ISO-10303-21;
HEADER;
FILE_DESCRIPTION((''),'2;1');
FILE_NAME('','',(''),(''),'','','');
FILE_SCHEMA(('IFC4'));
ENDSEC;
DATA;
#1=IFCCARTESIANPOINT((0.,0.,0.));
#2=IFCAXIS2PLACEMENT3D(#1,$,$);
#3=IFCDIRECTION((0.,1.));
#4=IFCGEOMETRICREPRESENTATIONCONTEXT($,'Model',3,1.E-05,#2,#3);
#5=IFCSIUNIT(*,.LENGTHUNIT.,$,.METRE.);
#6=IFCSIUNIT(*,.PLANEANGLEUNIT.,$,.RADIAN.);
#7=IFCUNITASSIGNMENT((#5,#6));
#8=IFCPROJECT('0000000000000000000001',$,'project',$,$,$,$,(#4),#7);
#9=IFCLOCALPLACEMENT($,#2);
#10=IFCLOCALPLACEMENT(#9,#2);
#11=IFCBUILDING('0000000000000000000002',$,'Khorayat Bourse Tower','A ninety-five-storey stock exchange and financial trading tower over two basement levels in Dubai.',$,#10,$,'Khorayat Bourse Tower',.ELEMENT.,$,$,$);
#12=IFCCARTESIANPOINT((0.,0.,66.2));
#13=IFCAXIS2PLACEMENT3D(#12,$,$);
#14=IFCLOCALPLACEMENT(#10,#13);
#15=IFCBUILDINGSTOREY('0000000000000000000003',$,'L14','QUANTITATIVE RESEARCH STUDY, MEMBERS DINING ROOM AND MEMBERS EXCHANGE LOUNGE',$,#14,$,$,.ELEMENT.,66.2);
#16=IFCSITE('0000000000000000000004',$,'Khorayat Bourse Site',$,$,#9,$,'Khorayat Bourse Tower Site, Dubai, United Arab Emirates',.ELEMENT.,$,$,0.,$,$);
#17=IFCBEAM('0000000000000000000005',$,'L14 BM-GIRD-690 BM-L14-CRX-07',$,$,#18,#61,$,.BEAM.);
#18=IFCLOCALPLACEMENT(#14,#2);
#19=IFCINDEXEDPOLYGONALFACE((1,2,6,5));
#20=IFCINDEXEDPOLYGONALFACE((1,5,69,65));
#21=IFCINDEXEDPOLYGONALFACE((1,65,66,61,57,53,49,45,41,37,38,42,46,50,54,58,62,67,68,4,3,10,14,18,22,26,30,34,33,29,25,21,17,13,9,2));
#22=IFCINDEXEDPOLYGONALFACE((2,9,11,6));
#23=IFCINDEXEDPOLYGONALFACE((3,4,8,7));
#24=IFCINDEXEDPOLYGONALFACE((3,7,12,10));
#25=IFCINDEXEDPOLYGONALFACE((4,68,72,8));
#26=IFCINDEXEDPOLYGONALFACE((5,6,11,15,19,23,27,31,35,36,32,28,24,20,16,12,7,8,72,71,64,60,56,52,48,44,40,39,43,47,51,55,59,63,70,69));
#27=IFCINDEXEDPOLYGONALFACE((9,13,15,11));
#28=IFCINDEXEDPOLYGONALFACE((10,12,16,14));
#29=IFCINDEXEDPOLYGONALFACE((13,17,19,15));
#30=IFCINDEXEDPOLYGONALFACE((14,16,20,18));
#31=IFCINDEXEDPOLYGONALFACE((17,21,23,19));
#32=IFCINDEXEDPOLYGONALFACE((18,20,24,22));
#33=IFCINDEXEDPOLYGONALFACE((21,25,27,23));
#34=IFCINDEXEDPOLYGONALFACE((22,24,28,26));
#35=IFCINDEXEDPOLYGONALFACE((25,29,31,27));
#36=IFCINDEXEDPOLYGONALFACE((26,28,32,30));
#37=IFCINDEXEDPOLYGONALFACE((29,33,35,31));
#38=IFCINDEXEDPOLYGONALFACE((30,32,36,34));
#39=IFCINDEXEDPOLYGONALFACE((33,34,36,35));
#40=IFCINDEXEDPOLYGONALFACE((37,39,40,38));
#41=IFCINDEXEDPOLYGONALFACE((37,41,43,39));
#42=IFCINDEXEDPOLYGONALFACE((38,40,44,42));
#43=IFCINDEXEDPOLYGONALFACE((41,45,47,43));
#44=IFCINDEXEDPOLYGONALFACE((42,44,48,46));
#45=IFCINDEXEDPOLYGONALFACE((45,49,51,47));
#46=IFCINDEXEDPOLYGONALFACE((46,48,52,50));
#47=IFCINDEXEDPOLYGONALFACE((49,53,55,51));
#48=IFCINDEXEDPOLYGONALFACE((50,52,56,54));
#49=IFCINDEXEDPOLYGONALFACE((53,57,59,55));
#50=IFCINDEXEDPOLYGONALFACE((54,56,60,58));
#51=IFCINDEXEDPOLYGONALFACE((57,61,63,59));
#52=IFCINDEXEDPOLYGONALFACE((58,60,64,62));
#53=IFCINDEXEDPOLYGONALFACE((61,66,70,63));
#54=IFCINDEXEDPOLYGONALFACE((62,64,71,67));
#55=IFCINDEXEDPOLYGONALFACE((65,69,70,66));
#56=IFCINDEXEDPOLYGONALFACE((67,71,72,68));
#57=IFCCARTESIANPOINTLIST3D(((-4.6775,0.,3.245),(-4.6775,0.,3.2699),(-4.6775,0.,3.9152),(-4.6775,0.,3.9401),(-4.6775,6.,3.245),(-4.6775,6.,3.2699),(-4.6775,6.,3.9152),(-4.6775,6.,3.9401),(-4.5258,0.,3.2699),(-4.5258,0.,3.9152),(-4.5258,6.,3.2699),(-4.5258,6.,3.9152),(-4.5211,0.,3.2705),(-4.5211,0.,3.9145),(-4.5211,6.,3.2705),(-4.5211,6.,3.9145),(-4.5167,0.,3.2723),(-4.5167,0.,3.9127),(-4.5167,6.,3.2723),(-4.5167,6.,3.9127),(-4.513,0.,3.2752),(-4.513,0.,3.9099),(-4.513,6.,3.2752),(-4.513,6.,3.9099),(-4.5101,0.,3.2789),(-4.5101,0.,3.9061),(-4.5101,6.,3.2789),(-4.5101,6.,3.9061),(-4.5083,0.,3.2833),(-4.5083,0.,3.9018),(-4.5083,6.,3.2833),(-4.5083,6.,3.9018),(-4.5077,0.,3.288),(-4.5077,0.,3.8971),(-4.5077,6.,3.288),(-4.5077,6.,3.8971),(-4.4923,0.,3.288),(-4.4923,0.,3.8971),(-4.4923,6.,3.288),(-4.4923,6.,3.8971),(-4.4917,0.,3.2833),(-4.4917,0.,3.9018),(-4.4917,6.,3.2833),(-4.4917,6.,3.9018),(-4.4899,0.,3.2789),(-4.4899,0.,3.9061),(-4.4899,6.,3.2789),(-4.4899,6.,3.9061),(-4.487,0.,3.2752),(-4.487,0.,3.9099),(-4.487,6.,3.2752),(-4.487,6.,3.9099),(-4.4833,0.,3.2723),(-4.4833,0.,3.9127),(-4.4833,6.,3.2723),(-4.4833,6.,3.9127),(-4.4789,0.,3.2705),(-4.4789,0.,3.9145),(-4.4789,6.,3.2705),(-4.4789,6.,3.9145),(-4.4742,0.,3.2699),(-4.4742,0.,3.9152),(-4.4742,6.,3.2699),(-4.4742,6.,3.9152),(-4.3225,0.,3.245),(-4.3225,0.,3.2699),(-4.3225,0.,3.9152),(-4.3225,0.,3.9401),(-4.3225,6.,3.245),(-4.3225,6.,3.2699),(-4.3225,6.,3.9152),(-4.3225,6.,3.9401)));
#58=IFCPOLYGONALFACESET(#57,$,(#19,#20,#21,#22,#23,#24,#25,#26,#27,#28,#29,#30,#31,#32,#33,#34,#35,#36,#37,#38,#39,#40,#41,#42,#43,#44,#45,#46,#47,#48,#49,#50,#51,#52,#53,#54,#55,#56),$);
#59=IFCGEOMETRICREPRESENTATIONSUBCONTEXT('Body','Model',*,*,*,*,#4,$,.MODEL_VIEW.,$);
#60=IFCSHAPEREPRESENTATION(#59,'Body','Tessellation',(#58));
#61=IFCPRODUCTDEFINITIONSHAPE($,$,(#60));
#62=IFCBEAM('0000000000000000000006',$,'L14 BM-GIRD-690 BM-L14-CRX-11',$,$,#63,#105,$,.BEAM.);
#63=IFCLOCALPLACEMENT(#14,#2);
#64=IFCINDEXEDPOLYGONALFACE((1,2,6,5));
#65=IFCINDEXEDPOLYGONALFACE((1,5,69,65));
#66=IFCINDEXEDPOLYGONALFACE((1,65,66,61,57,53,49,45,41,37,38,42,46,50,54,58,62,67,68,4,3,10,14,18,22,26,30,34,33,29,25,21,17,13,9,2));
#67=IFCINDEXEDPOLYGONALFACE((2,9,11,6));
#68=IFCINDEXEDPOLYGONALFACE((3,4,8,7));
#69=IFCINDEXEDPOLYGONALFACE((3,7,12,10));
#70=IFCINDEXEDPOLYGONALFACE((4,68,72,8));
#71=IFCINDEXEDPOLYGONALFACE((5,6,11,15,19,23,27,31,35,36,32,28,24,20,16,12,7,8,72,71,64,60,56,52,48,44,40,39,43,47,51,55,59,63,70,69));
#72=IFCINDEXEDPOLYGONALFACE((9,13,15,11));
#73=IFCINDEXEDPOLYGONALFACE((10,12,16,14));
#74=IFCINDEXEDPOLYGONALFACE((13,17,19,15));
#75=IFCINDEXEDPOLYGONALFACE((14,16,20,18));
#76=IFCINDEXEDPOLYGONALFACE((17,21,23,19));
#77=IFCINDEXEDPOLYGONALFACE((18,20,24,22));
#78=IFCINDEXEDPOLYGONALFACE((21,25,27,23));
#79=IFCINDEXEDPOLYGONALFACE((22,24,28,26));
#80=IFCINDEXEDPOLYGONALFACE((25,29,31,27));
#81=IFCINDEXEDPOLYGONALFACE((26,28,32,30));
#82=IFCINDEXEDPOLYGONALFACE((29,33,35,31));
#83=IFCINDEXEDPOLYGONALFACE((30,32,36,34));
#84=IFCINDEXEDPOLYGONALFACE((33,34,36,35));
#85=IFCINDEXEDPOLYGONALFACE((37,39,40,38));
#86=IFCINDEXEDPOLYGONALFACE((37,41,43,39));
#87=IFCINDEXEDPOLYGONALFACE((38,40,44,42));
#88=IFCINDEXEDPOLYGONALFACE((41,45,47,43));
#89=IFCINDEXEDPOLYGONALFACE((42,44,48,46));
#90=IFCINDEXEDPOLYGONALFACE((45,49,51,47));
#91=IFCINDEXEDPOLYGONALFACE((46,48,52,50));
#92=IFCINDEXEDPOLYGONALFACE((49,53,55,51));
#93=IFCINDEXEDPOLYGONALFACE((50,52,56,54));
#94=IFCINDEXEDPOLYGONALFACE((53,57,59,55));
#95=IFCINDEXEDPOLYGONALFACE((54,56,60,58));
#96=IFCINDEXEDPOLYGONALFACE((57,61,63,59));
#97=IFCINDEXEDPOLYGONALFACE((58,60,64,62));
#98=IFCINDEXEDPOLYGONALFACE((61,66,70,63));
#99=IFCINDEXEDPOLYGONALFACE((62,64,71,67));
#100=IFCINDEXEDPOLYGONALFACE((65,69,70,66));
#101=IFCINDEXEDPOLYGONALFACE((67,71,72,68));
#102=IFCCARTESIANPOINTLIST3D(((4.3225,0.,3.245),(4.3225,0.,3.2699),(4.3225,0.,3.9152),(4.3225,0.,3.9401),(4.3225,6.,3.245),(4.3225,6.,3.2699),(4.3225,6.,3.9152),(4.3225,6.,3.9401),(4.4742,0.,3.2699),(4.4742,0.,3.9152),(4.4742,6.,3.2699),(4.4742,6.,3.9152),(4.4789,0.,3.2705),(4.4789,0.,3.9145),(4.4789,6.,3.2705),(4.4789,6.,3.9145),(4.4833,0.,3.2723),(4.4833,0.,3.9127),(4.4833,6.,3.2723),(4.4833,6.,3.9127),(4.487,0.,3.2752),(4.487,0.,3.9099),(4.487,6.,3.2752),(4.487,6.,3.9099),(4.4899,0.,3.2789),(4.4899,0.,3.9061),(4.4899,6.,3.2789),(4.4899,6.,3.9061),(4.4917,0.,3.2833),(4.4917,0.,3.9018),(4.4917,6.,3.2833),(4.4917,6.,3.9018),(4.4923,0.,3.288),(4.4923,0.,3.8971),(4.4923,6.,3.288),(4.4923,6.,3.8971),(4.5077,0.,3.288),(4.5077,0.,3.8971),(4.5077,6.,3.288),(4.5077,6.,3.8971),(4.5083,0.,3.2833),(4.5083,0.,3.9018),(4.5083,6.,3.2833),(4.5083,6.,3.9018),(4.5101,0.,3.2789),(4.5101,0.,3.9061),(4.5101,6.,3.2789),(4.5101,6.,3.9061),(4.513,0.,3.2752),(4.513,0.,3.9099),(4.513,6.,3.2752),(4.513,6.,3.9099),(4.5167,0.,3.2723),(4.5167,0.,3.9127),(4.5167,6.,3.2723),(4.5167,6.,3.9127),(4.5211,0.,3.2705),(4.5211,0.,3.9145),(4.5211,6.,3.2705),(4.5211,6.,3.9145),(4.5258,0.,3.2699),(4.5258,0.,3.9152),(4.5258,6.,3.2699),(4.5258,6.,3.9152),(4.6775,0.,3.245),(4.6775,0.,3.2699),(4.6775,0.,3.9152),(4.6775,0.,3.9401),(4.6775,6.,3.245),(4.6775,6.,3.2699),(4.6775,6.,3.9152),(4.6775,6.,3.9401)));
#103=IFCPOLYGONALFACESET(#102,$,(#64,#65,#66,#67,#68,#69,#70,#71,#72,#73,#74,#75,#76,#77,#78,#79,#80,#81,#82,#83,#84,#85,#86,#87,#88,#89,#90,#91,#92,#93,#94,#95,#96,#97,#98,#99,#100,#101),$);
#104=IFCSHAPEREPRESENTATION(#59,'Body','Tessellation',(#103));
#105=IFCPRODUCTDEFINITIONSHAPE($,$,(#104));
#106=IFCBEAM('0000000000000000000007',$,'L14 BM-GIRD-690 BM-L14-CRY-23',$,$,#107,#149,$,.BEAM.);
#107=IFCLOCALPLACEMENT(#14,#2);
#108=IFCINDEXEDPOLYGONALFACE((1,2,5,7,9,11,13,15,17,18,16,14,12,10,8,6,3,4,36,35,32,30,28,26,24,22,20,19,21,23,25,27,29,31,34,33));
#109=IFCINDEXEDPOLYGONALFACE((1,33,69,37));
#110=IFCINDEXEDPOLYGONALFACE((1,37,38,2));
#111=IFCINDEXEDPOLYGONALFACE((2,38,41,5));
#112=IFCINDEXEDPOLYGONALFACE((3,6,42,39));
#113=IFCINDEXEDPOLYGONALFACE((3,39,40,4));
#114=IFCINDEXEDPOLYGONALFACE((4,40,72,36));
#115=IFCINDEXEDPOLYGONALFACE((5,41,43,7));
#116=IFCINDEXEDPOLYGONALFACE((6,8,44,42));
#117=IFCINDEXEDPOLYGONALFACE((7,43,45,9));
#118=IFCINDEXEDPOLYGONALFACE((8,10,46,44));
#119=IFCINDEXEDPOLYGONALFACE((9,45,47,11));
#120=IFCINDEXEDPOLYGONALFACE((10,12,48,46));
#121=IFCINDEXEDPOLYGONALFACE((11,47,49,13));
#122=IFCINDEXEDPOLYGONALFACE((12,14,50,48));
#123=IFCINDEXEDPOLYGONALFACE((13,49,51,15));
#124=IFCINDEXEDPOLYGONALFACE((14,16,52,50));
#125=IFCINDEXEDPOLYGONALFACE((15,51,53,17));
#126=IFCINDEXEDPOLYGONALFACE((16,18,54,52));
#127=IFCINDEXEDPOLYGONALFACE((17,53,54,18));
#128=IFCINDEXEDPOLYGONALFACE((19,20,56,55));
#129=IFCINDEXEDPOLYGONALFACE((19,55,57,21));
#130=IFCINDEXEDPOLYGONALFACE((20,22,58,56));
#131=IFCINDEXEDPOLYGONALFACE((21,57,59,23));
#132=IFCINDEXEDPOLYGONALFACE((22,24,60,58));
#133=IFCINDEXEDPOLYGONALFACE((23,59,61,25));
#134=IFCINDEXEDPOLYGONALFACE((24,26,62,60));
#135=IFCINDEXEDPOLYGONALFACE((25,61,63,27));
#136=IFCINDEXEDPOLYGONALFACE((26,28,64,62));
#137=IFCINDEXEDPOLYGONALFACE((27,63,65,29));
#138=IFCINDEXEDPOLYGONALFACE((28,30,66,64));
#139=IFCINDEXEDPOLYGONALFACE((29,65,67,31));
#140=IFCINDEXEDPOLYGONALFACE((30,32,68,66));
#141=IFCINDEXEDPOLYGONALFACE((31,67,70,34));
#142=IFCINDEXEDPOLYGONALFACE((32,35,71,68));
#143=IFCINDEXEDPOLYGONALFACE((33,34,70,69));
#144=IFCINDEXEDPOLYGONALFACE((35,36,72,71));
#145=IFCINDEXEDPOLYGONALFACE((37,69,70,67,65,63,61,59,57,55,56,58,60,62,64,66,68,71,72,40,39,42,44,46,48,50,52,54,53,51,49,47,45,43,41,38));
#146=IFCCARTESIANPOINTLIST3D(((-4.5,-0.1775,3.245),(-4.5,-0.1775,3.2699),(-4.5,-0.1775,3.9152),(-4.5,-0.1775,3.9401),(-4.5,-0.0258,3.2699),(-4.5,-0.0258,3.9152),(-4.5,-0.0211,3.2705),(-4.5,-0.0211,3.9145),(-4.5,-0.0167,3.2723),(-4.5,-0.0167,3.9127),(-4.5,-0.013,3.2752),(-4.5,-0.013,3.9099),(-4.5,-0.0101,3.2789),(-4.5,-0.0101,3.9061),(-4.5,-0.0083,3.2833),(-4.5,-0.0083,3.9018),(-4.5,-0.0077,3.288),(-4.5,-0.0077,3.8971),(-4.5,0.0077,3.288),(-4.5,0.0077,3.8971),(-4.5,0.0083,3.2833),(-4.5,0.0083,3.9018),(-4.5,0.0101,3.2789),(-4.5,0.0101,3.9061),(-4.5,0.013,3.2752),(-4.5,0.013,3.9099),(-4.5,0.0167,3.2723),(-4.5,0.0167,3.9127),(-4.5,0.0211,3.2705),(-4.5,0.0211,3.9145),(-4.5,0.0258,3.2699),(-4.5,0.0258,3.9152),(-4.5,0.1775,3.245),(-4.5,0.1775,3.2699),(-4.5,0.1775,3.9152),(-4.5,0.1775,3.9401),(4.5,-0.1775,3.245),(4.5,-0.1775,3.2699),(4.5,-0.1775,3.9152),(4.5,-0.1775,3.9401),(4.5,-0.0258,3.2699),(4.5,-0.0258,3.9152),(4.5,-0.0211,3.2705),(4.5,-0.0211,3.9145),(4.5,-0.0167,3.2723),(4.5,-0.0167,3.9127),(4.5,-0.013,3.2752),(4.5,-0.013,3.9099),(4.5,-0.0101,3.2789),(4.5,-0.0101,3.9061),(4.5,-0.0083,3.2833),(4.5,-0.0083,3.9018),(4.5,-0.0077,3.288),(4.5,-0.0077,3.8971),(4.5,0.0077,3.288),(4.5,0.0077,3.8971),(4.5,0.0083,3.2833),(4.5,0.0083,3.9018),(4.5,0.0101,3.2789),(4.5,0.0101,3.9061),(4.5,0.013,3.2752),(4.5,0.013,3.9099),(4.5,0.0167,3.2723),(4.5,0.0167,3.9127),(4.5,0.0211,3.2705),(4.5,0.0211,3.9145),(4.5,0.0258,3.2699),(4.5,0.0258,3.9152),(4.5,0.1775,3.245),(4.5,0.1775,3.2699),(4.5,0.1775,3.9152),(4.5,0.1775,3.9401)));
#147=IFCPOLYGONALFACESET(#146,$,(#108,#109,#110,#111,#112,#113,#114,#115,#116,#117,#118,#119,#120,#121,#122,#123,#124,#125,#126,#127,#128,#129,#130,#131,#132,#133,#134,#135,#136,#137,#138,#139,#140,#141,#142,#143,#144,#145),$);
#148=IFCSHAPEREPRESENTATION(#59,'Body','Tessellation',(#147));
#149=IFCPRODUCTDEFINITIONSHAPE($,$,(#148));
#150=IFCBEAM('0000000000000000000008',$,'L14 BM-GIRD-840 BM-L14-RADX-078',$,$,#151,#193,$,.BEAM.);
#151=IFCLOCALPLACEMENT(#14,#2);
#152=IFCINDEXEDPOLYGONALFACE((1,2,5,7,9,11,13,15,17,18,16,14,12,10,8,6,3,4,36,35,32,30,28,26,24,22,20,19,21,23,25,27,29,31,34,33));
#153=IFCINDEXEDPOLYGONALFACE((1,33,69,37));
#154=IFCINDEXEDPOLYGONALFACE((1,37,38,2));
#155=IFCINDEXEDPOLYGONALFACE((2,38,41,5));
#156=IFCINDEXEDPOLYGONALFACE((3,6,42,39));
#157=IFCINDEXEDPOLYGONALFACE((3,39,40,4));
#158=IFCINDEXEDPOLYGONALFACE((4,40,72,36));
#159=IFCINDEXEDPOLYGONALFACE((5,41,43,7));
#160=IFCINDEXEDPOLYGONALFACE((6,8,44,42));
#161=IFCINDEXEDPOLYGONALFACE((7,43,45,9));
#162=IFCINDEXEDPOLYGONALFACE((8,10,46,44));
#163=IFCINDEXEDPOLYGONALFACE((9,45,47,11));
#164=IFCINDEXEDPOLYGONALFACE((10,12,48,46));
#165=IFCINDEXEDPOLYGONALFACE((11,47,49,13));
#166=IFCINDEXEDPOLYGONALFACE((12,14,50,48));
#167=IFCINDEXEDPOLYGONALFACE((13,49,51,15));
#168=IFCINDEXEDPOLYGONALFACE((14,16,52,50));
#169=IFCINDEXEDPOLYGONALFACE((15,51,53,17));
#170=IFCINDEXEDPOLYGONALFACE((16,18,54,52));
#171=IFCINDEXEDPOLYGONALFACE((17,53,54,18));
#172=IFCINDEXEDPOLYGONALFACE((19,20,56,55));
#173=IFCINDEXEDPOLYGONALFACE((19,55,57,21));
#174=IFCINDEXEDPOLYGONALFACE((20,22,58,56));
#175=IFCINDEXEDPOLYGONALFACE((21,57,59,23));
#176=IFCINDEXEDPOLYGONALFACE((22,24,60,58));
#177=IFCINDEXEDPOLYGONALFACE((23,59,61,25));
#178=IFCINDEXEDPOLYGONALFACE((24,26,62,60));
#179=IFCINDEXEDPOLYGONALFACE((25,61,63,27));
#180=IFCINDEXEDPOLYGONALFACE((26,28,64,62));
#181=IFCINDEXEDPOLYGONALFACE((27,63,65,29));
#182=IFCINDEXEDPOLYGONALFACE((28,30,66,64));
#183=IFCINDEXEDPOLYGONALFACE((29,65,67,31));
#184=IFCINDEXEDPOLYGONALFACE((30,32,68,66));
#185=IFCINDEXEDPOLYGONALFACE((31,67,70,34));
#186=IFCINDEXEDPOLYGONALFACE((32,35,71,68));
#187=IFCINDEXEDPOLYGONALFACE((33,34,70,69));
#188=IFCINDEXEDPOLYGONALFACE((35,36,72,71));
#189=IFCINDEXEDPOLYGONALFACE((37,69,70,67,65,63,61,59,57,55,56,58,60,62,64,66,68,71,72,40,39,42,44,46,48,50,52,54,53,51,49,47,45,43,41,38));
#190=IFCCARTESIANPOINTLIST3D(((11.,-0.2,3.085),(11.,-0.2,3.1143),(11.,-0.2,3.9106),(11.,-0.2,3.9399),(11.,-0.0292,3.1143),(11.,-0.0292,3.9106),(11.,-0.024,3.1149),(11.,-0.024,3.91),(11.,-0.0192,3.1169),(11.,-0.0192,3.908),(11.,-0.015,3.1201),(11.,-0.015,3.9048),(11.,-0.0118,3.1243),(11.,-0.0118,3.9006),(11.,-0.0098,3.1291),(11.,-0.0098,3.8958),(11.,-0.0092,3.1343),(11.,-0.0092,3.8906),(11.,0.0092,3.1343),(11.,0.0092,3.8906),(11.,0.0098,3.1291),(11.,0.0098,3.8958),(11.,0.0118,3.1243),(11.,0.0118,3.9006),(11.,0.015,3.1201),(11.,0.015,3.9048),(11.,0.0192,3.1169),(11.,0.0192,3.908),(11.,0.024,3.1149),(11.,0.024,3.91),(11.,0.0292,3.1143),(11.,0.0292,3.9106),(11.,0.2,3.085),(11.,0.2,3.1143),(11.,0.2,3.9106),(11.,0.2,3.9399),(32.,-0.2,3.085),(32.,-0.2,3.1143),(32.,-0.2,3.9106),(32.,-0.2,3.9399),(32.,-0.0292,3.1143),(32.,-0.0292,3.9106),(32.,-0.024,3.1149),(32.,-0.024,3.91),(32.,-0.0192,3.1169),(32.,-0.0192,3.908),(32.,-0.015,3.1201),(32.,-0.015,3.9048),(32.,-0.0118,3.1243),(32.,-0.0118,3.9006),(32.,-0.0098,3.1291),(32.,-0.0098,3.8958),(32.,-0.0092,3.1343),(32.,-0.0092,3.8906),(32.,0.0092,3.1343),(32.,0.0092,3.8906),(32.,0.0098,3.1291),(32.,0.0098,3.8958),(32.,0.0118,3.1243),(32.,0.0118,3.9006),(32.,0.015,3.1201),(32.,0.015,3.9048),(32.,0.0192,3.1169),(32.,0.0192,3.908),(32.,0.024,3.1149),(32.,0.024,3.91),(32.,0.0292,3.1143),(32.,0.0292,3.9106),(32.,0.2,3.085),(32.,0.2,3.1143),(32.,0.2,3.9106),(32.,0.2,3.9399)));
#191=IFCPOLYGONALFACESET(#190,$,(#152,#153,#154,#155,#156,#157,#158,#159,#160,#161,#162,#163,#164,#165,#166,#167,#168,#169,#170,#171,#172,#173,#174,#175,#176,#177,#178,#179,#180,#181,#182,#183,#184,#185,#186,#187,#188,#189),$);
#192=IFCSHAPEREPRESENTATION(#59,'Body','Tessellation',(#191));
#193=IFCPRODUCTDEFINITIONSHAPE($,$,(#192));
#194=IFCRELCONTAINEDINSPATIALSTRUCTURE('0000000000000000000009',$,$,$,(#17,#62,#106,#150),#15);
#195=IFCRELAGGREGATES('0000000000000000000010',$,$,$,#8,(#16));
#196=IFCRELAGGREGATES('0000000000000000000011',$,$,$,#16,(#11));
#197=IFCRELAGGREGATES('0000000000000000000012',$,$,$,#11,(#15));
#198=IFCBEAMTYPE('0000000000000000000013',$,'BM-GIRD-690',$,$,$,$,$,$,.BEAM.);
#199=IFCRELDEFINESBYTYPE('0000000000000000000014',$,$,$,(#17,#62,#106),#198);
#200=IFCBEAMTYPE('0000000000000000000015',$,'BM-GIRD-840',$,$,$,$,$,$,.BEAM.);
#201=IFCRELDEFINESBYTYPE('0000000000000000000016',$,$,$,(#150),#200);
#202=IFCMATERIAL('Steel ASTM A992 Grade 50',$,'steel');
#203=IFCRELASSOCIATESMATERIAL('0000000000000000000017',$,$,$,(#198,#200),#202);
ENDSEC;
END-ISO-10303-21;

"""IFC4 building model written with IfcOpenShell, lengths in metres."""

from ifc_helpers import new_model, si_unit, direction, frame, origin, origin_2d, place, context, subcontext, project, spatial, i_section, extrude, source, transform, mapped, material, material_profile, profile_set, type_object, element, save


model = new_model("IFC4")

# Units and contexts
model_context = context("Model", 3, precision=1e-05, world=origin(), true_north=direction((0.0, 1.0)))
body_context = subcontext(model_context, "Body", "Model", "MODEL_VIEW")
ifc_project = project(units=[si_unit("LENGTHUNIT", "METRE"), si_unit("PLANEANGLEUNIT", "RADIAN")], contexts=[model_context])

# Site, building, storey
site_placement = place(None, origin())
site = spatial("IfcSite", under=ifc_project, at=site_placement, Name="Khorayat Bourse Site", LongName="Khorayat Bourse Tower Site, Dubai, United Arab Emirates", CompositionType="ELEMENT", RefElevation=0.0)
building_placement = place(site_placement, origin())
building = spatial("IfcBuilding", under=site, at=building_placement, Name="Khorayat Bourse Tower", Description="A ninety-five-storey stock exchange and financial trading tower over two basement levels in Dubai.", LongName="Khorayat Bourse Tower", CompositionType="ELEMENT")
storey_placement = place(building_placement, frame((0.0, 0.0, 66.2)))
storey = spatial("IfcBuildingStorey", under=building, at=storey_placement, Name="L14", Description="QUANTITATIVE RESEARCH STUDY, MEMBERS DINING ROOM AND MEMBERS EXCHANGE LOUNGE", CompositionType="ELEMENT", Elevation=66.2)

# Beams
ifc_material_1 = material(Name="Steel ASTM A992 Grade 50", Category="steel")
ifc_material_profile_1 = material_profile(ifc_material_1, i_section(OverallWidth=0.355, OverallDepth=0.6951, WebThickness=0.0154, FlangeThickness=0.0249, FilletRadius=0.0181, at=origin_2d()), Name="W690X217")
ifc_profile_set_1 = profile_set([ifc_material_profile_1], Name="Steel ASTM A992 Grade 50")
beam_type_1 = type_object("IfcBeamType", Name="BM-GIRD-690", PredefinedType="BEAM", material=ifc_profile_set_1)
shared_shape_1 = source(origin(), body_context, "Body", "SweptSolid", [
    extrude(i_section(OverallWidth=0.355, OverallDepth=0.6951, WebThickness=0.0154, FlangeThickness=0.0249, FilletRadius=0.0181, at=origin_2d()), origin(), (0.0, 0.0, 1.0), 6.0),
])
for number, where, z_axis, x_axis, name in (
    (1, (-4.5, 0.0, 3.5925), (0.0, 1.0, 0.0), (-1.0, 0.0, 0.0), "L14 BM-GIRD-690 BM-L14-CRX-07"),
    (2, (4.5, 0.0, 3.5925), (0.0, 1.0, 0.0), (-1.0, 0.0, 0.0), "L14 BM-GIRD-690 BM-L14-CRX-11"),
):
    element("IfcBeam", number, at=place(storey_placement, frame(where, z_axis=z_axis, x_axis=x_axis)), inside=storey, type_object=beam_type_1, Name=name, PredefinedType="BEAM", context=body_context, shape_type="MappedRepresentation", body=[
        mapped(shared_shape_1, transform((0.0, 0.0, 0.0), scale=1.0)),
    ])
shared_shape_2 = source(origin(), body_context, "Body", "SweptSolid", [
    extrude(i_section(OverallWidth=0.355, OverallDepth=0.6951, WebThickness=0.0154, FlangeThickness=0.0249, FilletRadius=0.0181, at=origin_2d()), origin(), (0.0, 0.0, 1.0), 9.0),
])
beam_1_placement = place(storey_placement, frame((-4.5, 0.0, 3.5925), z_axis=(1.0, 0.0, 0.0), x_axis=(0.0, 1.0, 0.0)))
element("IfcBeam", 3, at=beam_1_placement, inside=storey, type_object=beam_type_1, Name="L14 BM-GIRD-690 BM-L14-CRY-23", PredefinedType="BEAM", context=body_context, shape_type="MappedRepresentation", body=[
    mapped(shared_shape_2, transform((0.0, 0.0, 0.0), scale=1.0)),
])
ifc_material_profile_2 = material_profile(ifc_material_1, i_section(OverallWidth=0.3999, OverallDepth=0.855, WebThickness=0.0183, FlangeThickness=0.0293, FilletRadius=0.02, at=origin_2d()), Name="W840X299")
ifc_profile_set_2 = profile_set([ifc_material_profile_2], Name="Steel ASTM A992 Grade 50")
beam_type_2 = type_object("IfcBeamType", Name="BM-GIRD-840", PredefinedType="BEAM", material=ifc_profile_set_2)
shared_shape_3 = source(origin(), body_context, "Body", "SweptSolid", [
    extrude(i_section(OverallWidth=0.3999, OverallDepth=0.855, WebThickness=0.0183, FlangeThickness=0.0293, FilletRadius=0.02, at=origin_2d()), origin(), (0.0, 0.0, 1.0), 21.0),
])
beam_2_placement = place(storey_placement, frame((11.0, 0.0, 3.5125), z_axis=(1.0, 0.0, 0.0), x_axis=(0.0, 1.0, 0.0)))
element("IfcBeam", 4, at=beam_2_placement, inside=storey, type_object=beam_type_2, Name="L14 BM-GIRD-840 BM-L14-RADX-078", PredefinedType="BEAM", context=body_context, shape_type="MappedRepresentation", body=[
    mapped(shared_shape_3, transform((0.0, 0.0, 0.0), scale=1.0)),
])

save(model, "model.ifc")
